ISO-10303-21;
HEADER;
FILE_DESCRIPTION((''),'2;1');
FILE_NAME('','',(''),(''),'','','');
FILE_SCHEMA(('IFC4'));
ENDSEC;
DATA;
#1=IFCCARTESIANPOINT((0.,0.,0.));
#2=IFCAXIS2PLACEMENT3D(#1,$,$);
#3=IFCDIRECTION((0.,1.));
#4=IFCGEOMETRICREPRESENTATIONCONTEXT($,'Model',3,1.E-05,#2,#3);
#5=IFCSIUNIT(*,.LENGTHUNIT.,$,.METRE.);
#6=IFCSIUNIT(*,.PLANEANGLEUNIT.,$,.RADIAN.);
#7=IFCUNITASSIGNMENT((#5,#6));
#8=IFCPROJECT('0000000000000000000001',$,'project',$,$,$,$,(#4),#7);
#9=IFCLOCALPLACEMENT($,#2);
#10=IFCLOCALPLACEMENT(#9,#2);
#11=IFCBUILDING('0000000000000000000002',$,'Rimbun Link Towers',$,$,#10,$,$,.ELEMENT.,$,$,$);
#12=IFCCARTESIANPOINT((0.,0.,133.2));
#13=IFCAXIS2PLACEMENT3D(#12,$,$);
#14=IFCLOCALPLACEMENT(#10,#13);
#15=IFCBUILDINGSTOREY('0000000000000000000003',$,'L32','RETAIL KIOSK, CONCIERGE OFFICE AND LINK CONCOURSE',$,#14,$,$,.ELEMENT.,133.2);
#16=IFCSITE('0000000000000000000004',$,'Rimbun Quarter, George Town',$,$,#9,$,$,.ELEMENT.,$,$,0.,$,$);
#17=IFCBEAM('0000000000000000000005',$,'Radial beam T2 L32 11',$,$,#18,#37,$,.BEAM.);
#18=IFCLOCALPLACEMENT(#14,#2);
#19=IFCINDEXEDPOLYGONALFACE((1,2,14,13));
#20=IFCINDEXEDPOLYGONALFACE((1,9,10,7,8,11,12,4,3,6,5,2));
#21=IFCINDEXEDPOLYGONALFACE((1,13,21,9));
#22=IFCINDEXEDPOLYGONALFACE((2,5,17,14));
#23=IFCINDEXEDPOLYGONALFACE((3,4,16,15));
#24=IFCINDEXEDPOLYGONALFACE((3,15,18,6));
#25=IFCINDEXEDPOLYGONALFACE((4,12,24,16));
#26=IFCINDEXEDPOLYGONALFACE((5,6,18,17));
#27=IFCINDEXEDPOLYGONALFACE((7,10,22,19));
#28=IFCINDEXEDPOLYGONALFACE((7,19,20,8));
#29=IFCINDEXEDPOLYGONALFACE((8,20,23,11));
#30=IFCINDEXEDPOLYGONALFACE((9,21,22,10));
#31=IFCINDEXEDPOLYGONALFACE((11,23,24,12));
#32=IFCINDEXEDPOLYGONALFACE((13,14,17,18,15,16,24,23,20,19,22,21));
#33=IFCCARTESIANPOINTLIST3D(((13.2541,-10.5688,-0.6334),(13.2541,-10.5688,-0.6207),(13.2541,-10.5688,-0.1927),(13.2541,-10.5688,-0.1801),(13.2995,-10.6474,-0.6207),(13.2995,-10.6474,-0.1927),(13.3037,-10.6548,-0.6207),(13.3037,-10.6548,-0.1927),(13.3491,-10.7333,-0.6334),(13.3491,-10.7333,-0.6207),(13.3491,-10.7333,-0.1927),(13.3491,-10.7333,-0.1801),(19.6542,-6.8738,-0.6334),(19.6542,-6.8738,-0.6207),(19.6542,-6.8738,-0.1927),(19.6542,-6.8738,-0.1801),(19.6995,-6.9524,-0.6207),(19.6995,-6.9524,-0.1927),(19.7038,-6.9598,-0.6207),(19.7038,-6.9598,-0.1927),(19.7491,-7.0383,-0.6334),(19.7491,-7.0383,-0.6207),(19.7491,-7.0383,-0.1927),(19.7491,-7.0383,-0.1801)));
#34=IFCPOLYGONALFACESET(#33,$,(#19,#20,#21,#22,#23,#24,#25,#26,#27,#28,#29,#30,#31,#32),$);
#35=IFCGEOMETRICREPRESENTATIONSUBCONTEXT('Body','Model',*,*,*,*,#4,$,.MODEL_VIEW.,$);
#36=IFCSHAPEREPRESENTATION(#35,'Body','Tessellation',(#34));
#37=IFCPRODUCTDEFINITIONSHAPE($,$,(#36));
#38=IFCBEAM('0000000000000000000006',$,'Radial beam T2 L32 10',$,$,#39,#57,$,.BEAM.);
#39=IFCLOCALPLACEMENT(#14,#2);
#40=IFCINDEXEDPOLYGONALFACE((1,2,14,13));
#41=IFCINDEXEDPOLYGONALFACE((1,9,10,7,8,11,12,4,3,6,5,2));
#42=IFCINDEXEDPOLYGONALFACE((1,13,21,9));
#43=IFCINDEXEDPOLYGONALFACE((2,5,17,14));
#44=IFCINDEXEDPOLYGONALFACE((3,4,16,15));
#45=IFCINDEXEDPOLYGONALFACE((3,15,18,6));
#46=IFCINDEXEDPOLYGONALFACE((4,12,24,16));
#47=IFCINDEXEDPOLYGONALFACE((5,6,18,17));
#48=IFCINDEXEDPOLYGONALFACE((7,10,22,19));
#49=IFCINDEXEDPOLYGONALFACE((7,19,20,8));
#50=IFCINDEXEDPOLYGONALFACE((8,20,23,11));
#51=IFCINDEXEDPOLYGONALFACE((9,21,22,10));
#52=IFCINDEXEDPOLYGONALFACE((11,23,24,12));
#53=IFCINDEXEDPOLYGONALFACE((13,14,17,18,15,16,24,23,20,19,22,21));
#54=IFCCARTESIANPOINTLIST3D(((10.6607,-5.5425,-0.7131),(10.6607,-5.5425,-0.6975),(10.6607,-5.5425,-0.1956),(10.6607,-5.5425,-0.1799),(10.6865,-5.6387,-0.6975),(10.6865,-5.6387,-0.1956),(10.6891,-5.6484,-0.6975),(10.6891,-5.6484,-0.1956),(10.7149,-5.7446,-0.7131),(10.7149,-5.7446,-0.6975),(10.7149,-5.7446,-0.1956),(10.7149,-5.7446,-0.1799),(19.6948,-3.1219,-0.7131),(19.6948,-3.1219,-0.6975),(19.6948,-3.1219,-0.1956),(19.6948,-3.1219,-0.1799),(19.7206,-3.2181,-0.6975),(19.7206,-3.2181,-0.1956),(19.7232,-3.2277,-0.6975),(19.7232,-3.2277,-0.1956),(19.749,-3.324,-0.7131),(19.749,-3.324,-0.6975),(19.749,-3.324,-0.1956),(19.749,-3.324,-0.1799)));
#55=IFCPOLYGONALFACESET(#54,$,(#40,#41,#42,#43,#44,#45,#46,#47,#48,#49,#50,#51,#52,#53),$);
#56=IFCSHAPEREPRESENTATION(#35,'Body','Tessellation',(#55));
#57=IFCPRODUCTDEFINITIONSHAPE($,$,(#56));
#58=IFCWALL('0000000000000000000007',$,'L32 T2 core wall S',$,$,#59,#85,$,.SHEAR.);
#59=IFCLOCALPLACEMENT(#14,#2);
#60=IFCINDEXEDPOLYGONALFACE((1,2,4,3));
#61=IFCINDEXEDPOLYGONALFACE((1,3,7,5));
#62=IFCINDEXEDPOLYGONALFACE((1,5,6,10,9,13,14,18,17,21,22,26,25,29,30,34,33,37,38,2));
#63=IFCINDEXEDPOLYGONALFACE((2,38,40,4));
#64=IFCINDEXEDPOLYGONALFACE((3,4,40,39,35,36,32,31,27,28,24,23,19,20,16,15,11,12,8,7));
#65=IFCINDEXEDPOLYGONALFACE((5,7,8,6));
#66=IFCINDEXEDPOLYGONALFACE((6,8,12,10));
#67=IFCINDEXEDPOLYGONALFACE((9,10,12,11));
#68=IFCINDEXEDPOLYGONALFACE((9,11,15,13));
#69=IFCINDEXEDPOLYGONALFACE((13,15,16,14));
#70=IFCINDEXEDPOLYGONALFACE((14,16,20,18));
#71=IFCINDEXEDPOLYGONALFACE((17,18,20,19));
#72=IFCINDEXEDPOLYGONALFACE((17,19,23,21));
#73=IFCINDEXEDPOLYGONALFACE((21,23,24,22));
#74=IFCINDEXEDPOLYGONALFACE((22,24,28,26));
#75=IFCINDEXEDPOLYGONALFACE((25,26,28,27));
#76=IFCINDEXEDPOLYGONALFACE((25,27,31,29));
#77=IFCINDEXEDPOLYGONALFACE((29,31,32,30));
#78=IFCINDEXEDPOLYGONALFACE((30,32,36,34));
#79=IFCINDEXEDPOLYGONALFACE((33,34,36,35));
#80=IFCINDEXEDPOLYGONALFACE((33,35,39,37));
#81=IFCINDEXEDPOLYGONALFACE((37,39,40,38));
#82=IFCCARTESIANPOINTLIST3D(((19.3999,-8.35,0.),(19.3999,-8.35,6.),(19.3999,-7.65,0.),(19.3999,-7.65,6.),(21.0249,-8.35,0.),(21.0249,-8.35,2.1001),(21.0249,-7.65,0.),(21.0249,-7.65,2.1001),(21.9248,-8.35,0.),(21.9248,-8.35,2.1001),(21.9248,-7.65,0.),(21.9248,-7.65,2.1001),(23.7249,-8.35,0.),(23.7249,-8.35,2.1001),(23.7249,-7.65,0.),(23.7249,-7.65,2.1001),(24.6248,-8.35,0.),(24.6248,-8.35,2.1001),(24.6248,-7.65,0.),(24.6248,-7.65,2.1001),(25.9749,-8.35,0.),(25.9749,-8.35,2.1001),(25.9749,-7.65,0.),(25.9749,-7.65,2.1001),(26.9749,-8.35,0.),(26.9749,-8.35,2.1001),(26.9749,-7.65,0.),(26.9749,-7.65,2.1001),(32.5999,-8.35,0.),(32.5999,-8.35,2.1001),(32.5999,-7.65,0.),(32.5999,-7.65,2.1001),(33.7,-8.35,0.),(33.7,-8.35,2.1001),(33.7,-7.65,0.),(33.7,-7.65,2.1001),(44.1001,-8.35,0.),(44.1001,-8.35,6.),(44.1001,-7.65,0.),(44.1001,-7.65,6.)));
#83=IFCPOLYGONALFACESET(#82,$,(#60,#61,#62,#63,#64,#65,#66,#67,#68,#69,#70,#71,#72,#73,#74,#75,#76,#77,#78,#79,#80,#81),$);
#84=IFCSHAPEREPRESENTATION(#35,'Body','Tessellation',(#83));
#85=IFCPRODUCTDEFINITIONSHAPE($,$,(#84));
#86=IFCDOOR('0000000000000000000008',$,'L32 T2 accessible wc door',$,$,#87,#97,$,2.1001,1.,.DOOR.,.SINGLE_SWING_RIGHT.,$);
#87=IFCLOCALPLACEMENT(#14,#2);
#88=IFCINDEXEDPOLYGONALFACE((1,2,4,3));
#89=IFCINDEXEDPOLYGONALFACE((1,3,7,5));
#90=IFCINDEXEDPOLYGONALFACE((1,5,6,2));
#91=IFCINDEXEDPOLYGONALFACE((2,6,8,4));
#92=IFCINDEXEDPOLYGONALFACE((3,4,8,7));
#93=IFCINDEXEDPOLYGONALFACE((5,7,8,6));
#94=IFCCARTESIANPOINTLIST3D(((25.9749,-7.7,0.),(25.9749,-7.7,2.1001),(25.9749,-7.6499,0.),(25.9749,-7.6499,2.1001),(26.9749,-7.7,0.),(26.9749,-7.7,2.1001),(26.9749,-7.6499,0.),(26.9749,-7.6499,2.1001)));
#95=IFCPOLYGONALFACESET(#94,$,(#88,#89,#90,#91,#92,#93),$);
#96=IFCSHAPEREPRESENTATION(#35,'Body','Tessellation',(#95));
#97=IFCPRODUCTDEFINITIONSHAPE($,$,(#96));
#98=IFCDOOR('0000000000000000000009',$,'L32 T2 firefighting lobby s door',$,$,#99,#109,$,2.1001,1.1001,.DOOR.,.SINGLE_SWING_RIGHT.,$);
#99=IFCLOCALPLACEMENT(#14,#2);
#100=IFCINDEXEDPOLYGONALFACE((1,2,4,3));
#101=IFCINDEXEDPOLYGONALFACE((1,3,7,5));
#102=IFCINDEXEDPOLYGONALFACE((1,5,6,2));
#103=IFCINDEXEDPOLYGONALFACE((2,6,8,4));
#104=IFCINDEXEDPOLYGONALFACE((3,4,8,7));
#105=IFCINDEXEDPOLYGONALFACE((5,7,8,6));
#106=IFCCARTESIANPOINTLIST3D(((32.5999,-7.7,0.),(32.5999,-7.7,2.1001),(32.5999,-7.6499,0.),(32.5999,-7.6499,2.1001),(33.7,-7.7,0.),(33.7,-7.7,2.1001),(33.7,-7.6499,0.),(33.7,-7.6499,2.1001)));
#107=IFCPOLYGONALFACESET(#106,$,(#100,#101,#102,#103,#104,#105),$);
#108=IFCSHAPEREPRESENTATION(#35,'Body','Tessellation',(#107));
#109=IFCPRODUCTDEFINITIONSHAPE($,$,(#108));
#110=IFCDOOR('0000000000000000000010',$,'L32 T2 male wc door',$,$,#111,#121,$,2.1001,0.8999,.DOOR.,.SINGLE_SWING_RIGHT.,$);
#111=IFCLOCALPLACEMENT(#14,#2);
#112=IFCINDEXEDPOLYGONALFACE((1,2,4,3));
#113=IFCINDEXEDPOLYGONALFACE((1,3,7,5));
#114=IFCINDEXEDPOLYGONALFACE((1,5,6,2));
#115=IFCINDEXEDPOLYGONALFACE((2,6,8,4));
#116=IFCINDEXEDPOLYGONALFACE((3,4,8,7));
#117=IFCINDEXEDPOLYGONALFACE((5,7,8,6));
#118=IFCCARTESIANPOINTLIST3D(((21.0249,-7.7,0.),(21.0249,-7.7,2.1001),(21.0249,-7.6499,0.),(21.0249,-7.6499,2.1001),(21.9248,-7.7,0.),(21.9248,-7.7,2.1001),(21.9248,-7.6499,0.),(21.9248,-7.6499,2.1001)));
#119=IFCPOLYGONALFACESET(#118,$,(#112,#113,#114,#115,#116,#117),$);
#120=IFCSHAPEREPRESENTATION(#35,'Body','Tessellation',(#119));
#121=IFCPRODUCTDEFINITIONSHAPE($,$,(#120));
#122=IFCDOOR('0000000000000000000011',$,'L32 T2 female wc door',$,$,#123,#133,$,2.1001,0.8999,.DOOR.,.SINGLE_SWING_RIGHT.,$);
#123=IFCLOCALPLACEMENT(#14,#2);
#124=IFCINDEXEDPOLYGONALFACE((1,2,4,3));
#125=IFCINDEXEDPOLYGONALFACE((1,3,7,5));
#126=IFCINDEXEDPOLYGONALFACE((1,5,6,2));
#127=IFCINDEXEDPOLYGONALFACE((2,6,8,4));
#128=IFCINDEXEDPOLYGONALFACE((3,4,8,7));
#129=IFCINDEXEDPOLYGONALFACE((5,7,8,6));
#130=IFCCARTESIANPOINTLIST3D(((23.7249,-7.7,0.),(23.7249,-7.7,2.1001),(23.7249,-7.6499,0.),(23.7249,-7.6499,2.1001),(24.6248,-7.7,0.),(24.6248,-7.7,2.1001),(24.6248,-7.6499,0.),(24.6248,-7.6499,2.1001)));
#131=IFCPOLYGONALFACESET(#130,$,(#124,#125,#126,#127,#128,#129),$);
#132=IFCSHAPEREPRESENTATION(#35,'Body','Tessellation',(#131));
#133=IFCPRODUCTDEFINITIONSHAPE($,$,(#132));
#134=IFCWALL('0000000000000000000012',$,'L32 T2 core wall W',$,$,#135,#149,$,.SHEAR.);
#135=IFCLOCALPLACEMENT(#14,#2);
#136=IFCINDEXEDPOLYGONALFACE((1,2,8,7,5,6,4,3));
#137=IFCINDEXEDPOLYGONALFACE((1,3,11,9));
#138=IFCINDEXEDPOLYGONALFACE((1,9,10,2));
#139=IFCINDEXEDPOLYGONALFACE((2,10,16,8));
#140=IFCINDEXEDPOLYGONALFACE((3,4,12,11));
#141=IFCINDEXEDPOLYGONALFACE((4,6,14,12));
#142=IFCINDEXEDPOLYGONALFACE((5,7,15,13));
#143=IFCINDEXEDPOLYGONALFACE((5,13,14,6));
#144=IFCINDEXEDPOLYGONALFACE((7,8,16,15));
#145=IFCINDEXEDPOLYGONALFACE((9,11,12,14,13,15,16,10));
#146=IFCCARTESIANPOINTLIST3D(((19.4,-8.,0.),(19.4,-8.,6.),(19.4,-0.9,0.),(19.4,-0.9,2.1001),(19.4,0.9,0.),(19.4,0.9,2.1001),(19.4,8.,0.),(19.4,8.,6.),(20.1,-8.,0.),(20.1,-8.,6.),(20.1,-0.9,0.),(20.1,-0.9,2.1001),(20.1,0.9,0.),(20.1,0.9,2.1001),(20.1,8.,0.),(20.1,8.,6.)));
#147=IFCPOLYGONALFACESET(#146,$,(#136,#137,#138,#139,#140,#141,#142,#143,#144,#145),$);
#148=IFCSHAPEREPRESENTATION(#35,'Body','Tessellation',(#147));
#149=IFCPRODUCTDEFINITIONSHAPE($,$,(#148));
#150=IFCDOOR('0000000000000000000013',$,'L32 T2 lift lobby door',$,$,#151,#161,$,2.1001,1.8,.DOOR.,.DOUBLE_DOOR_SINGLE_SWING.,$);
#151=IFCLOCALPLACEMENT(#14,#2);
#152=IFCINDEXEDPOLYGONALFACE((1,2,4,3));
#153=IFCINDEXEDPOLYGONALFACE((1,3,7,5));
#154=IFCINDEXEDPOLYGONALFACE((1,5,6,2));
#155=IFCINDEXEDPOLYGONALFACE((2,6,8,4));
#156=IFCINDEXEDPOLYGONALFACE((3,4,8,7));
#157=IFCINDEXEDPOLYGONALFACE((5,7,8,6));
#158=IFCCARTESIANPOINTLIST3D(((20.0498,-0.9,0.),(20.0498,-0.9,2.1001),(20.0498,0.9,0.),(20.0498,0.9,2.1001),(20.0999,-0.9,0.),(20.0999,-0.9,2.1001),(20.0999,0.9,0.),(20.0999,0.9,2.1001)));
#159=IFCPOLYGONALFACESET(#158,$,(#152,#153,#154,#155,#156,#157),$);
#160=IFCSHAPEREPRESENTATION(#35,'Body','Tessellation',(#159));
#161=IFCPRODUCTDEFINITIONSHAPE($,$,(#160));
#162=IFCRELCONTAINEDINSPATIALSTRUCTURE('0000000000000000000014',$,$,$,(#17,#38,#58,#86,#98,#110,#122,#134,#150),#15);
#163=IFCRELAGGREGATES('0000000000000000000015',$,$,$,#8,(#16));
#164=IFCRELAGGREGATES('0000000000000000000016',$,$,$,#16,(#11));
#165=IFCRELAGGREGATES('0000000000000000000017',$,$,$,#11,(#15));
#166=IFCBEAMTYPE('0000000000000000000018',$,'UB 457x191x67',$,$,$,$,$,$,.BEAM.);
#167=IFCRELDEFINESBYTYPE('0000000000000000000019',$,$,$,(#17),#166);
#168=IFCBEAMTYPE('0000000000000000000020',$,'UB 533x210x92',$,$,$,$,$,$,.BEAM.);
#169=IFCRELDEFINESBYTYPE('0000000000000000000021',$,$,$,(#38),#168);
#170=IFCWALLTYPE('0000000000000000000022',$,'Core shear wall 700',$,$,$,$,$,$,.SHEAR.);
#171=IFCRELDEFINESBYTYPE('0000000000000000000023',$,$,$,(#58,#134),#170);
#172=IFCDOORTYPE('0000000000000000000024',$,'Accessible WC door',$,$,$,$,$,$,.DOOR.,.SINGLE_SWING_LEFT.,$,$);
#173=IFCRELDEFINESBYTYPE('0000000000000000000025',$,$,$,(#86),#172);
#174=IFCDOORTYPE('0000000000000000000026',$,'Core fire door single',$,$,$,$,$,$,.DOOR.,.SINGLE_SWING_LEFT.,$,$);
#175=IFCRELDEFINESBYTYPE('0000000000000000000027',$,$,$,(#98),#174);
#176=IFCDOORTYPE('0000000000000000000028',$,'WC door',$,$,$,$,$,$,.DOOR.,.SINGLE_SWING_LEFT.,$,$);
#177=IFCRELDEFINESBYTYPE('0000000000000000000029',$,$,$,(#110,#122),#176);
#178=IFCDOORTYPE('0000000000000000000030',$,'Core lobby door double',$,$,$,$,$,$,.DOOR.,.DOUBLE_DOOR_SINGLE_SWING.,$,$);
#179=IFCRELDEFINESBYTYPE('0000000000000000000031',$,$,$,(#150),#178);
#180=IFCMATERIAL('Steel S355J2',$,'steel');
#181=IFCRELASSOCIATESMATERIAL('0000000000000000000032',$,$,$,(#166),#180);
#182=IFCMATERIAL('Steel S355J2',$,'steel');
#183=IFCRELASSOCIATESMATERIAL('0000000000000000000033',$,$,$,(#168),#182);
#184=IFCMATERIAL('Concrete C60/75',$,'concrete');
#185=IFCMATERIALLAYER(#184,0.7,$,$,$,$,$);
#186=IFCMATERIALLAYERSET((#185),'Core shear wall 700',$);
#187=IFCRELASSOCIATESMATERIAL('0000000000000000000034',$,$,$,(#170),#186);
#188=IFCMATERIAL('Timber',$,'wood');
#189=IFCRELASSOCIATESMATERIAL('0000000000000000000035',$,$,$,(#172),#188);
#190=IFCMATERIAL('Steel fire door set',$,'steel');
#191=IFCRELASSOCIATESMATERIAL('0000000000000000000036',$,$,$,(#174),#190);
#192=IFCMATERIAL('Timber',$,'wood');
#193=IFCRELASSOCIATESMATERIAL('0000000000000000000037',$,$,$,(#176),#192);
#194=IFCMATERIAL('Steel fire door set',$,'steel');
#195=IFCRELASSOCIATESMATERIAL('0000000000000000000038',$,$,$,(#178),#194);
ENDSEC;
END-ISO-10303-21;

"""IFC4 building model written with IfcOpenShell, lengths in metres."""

from ifc_helpers import new_model, si_unit, direction, frame, frame_2d, origin, origin_2d, place, context, subcontext, project, spatial, rectangle, i_section, extrude, material, layer, layer_set, material_profile, profile_set, type_object, element, fill, save


model = new_model("IFC4")

# Units and contexts
model_context = context("Model", 3, precision=1e-05, world=origin(), true_north=direction((0.0, 1.0)))
body_context = subcontext(model_context, "Body", "Model", "MODEL_VIEW")
ifc_project = project(units=[si_unit("LENGTHUNIT", "METRE"), si_unit("PLANEANGLEUNIT", "RADIAN")], contexts=[model_context])

# Site, building, storey
site_placement = place(None, origin())
site = spatial("IfcSite", under=ifc_project, at=site_placement, Name="Rimbun Quarter, George Town", CompositionType="ELEMENT", RefElevation=0.0)
building_placement = place(site_placement, origin())
building = spatial("IfcBuilding", under=site, at=building_placement, Name="Rimbun Link Towers", CompositionType="ELEMENT")
storey_placement = place(building_placement, frame((0.0, 0.0, 133.2)))
storey = spatial("IfcBuildingStorey", under=building, at=storey_placement, Name="L32", Description="RETAIL KIOSK, CONCIERGE OFFICE AND LINK CONCOURSE", CompositionType="ELEMENT", Elevation=133.2)

# Beams
ifc_material_1 = material(Name="Steel S355J2", Category="steel")
ifc_material_profile_1 = material_profile(ifc_material_1, i_section(OverallWidth=0.1899, OverallDepth=0.4534, WebThickness=0.0085, FlangeThickness=0.0127, at=origin_2d()), Name="UB 457x191x67")
ifc_profile_set_1 = profile_set([ifc_material_profile_1], Name="Steel S355J2")
beam_type_1 = type_object("IfcBeamType", Name="UB 457x191x67", PredefinedType="BEAM", material=ifc_profile_set_1)
beam_1_placement = place(storey_placement, frame((19.7017, -6.9561, -0.4067), z_axis=(-0.866029, -0.499994, 0.0), x_axis=(0.499994, -0.866029, 0.0)))
element("IfcBeam", 1, at=beam_1_placement, inside=storey, type_object=beam_type_1, Name="Radial beam T2 L32 11", PredefinedType="BEAM", context=body_context, shape_type="SweptSolid", body=[
    extrude(i_section(OverallWidth=0.1899, OverallDepth=0.4534, WebThickness=0.0085, FlangeThickness=0.0127, at=origin_2d()), origin(), (0.0, 0.0, 1.0), 7.3901),
])
ifc_material_2 = material(Name="Steel S355J2", Category="steel")
ifc_material_profile_2 = material_profile(ifc_material_2, i_section(OverallWidth=0.2092, OverallDepth=0.5332, WebThickness=0.01, FlangeThickness=0.0156, at=origin_2d()), Name="UB 533x210x92")
ifc_profile_set_2 = profile_set([ifc_material_profile_2], Name="Steel S355J2")
beam_type_2 = type_object("IfcBeamType", Name="UB 533x210x92", PredefinedType="BEAM", material=ifc_profile_set_2)
beam_2_placement = place(storey_placement, frame((19.7219, -3.2229, -0.4465), z_axis=(-0.965927, -0.258814, 0.0), x_axis=(0.258814, -0.965927, 0.0)))
element("IfcBeam", 2, at=beam_2_placement, inside=storey, type_object=beam_type_2, Name="Radial beam T2 L32 10", PredefinedType="BEAM", context=body_context, shape_type="SweptSolid", body=[
    extrude(i_section(OverallWidth=0.2092, OverallDepth=0.5332, WebThickness=0.01, FlangeThickness=0.0156, at=origin_2d()), origin(), (0.0, 0.0, 1.0), 9.3528),
])

# Wall, openings, doors
ifc_material_3 = material(Name="Concrete C60/75", Category="concrete")
ifc_layer_1 = layer(ifc_material_3, 0.7)
ifc_layer_set_1 = layer_set([ifc_layer_1], Name="Core shear wall 700")
wall_type_1 = type_object("IfcWallType", Name="Core shear wall 700", PredefinedType="SHEAR", material=ifc_layer_set_1)
wall_1_placement = place(storey_placement, frame((19.3999, -8.0, 0.0), z_axis=(0.0, 0.0, 1.0), x_axis=(1.0, 0.0, 0.0)))
wall_1 = element("IfcWall", 3, at=wall_1_placement, inside=storey, type_object=wall_type_1, Name="L32 T2 core wall S", PredefinedType="SHEAR", context=body_context, shape_type="SweptSolid", body=[
    extrude(rectangle(XDim=24.7002, YDim=0.7, at=frame_2d((12.3501, 0.0))), origin(), (0.0, 0.0, 1.0), 6.0),
])
opening_1_placement = place(wall_1_placement, frame((13.2, 0.0, 0.0)))
opening_1 = element("IfcOpeningElement", 4, at=opening_1_placement, cuts=wall_1, PredefinedType="OPENING", context=body_context, shape_type="SweptSolid", body=[
    extrude(rectangle(XDim=1.1001, YDim=2.1001, at=frame_2d((0.55, 1.05))), frame((0.0, 0.3599, 0.0), z_axis=(0.0, -1.0, 0.0), x_axis=(1.0, 0.0, 0.0)), (0.0, 0.0, 1.0), 0.72),
])
opening_2_placement = place(wall_1_placement, frame((1.625, 0.0, 0.0)))
opening_2 = element("IfcOpeningElement", 5, at=opening_2_placement, cuts=wall_1, PredefinedType="OPENING", context=body_context, shape_type="SweptSolid", body=[
    extrude(rectangle(XDim=0.8999, YDim=2.1001, at=frame_2d((0.45, 1.05))), frame((0.0, 0.3599, 0.0), z_axis=(0.0, -1.0, 0.0), x_axis=(1.0, 0.0, 0.0)), (0.0, 0.0, 1.0), 0.72),
])
opening_3_placement = place(wall_1_placement, frame((4.325, 0.0, 0.0)))
opening_3 = element("IfcOpeningElement", 6, at=opening_3_placement, cuts=wall_1, PredefinedType="OPENING", context=body_context, shape_type="SweptSolid", body=[
    extrude(rectangle(XDim=0.8999, YDim=2.1001, at=frame_2d((0.45, 1.05))), frame((0.0, 0.3599, 0.0), z_axis=(0.0, -1.0, 0.0), x_axis=(1.0, 0.0, 0.0)), (0.0, 0.0, 1.0), 0.72),
])
opening_4_placement = place(wall_1_placement, frame((6.575, 0.0, 0.0)))
opening_4 = element("IfcOpeningElement", 7, at=opening_4_placement, cuts=wall_1, PredefinedType="OPENING", context=body_context, shape_type="SweptSolid", body=[
    extrude(rectangle(XDim=1.0, YDim=2.1001, at=frame_2d((0.5, 1.05))), frame((0.0, 0.3599, 0.0), z_axis=(0.0, -1.0, 0.0), x_axis=(1.0, 0.0, 0.0)), (0.0, 0.0, 1.0), 0.72),
])
ifc_material_4 = material(Name="Timber", Category="wood")
door_type_1 = type_object("IfcDoorType", Name="Accessible WC door", OperationType="SINGLE_SWING_LEFT", PredefinedType="DOOR", material=ifc_material_4)
door_1_placement = place(opening_4_placement, origin())
door_1 = element("IfcDoor", 8, at=door_1_placement, inside=storey, type_object=door_type_1, Name="L32 T2 accessible wc door", OperationType="SINGLE_SWING_RIGHT", OverallHeight=2.1001, OverallWidth=1.0, PredefinedType="DOOR", context=body_context, shape_type="SweptSolid", body=[
    extrude(rectangle(XDim=1.0, YDim=2.1001, at=frame_2d((0.5, 1.05))), frame((0.0, 0.3501, 0.0), z_axis=(0.0, -1.0, 0.0), x_axis=(1.0, 0.0, 0.0)), (0.0, 0.0, 1.0), 0.05),
])
fill(opening_4, door_1)
ifc_material_5 = material(Name="Steel fire door set", Category="steel")
door_type_2 = type_object("IfcDoorType", Name="Core fire door single", OperationType="SINGLE_SWING_LEFT", PredefinedType="DOOR", material=ifc_material_5)
door_2_placement = place(opening_1_placement, origin())
door_2 = element("IfcDoor", 9, at=door_2_placement, inside=storey, type_object=door_type_2, Name="L32 T2 firefighting lobby s door", OperationType="SINGLE_SWING_RIGHT", OverallHeight=2.1001, OverallWidth=1.1001, PredefinedType="DOOR", context=body_context, shape_type="SweptSolid", body=[
    extrude(rectangle(XDim=1.1001, YDim=2.1001, at=frame_2d((0.55, 1.05))), frame((0.0, 0.3501, 0.0), z_axis=(0.0, -1.0, 0.0), x_axis=(1.0, 0.0, 0.0)), (0.0, 0.0, 1.0), 0.05),
])
fill(opening_1, door_2)
ifc_material_6 = material(Name="Timber", Category="wood")
door_type_3 = type_object("IfcDoorType", Name="WC door", OperationType="SINGLE_SWING_LEFT", PredefinedType="DOOR", material=ifc_material_6)
door_3_placement = place(opening_2_placement, origin())
door_3 = element("IfcDoor", 10, at=door_3_placement, inside=storey, type_object=door_type_3, Name="L32 T2 male wc door", OperationType="SINGLE_SWING_RIGHT", OverallHeight=2.1001, OverallWidth=0.8999, PredefinedType="DOOR", context=body_context, shape_type="SweptSolid", body=[
    extrude(rectangle(XDim=0.8999, YDim=2.1001, at=frame_2d((0.45, 1.05))), frame((0.0, 0.3501, 0.0), z_axis=(0.0, -1.0, 0.0), x_axis=(1.0, 0.0, 0.0)), (0.0, 0.0, 1.0), 0.05),
])
fill(opening_2, door_3)
door_4_placement = place(opening_3_placement, origin())
door_4 = element("IfcDoor", 11, at=door_4_placement, inside=storey, type_object=door_type_3, Name="L32 T2 female wc door", OperationType="SINGLE_SWING_RIGHT", OverallHeight=2.1001, OverallWidth=0.8999, PredefinedType="DOOR", context=body_context, shape_type="SweptSolid", body=[
    extrude(rectangle(XDim=0.8999, YDim=2.1001, at=frame_2d((0.45, 1.05))), frame((0.0, 0.3501, 0.0), z_axis=(0.0, -1.0, 0.0), x_axis=(1.0, 0.0, 0.0)), (0.0, 0.0, 1.0), 0.05),
])
fill(opening_3, door_4)

# Wall, opening, door
wall_2_placement = place(storey_placement, frame((19.75, -8.0, 0.0), z_axis=(0.0, 0.0, 1.0), x_axis=(0.0, 1.0, 0.0)))
wall_2 = element("IfcWall", 12, at=wall_2_placement, inside=storey, type_object=wall_type_1, Name="L32 T2 core wall W", PredefinedType="SHEAR", context=body_context, shape_type="SweptSolid", body=[
    extrude(rectangle(XDim=16.0, YDim=0.7, at=frame_2d((8.0, 0.0))), origin(), (0.0, 0.0, 1.0), 6.0),
])
opening_5_placement = place(wall_2_placement, frame((7.1001, 0.0, 0.0)))
opening_5 = element("IfcOpeningElement", 13, at=opening_5_placement, cuts=wall_2, PredefinedType="OPENING", context=body_context, shape_type="SweptSolid", body=[
    extrude(rectangle(XDim=1.8, YDim=2.1001, at=frame_2d((0.8999, 1.05))), frame((0.0, 0.3599, 0.0), z_axis=(0.0, -1.0, 0.0), x_axis=(1.0, 0.0, 0.0)), (0.0, 0.0, 1.0), 0.72),
])
ifc_material_7 = material(Name="Steel fire door set", Category="steel")
door_type_4 = type_object("IfcDoorType", Name="Core lobby door double", OperationType="DOUBLE_DOOR_SINGLE_SWING", PredefinedType="DOOR", material=ifc_material_7)
door_5_placement = place(opening_5_placement, origin())
door_5 = element("IfcDoor", 14, at=door_5_placement, inside=storey, type_object=door_type_4, Name="L32 T2 lift lobby door", OperationType="DOUBLE_DOOR_SINGLE_SWING", OverallHeight=2.1001, OverallWidth=1.8, PredefinedType="DOOR", context=body_context, shape_type="SweptSolid", body=[
    extrude(rectangle(XDim=1.8, YDim=2.1001, at=frame_2d((0.8999, 1.05))), frame((0.0, -0.2998, 0.0), z_axis=(0.0, -1.0, 0.0), x_axis=(1.0, 0.0, 0.0)), (0.0, 0.0, 1.0), 0.05),
])
fill(opening_5, door_5)

save(model, "model.ifc")
